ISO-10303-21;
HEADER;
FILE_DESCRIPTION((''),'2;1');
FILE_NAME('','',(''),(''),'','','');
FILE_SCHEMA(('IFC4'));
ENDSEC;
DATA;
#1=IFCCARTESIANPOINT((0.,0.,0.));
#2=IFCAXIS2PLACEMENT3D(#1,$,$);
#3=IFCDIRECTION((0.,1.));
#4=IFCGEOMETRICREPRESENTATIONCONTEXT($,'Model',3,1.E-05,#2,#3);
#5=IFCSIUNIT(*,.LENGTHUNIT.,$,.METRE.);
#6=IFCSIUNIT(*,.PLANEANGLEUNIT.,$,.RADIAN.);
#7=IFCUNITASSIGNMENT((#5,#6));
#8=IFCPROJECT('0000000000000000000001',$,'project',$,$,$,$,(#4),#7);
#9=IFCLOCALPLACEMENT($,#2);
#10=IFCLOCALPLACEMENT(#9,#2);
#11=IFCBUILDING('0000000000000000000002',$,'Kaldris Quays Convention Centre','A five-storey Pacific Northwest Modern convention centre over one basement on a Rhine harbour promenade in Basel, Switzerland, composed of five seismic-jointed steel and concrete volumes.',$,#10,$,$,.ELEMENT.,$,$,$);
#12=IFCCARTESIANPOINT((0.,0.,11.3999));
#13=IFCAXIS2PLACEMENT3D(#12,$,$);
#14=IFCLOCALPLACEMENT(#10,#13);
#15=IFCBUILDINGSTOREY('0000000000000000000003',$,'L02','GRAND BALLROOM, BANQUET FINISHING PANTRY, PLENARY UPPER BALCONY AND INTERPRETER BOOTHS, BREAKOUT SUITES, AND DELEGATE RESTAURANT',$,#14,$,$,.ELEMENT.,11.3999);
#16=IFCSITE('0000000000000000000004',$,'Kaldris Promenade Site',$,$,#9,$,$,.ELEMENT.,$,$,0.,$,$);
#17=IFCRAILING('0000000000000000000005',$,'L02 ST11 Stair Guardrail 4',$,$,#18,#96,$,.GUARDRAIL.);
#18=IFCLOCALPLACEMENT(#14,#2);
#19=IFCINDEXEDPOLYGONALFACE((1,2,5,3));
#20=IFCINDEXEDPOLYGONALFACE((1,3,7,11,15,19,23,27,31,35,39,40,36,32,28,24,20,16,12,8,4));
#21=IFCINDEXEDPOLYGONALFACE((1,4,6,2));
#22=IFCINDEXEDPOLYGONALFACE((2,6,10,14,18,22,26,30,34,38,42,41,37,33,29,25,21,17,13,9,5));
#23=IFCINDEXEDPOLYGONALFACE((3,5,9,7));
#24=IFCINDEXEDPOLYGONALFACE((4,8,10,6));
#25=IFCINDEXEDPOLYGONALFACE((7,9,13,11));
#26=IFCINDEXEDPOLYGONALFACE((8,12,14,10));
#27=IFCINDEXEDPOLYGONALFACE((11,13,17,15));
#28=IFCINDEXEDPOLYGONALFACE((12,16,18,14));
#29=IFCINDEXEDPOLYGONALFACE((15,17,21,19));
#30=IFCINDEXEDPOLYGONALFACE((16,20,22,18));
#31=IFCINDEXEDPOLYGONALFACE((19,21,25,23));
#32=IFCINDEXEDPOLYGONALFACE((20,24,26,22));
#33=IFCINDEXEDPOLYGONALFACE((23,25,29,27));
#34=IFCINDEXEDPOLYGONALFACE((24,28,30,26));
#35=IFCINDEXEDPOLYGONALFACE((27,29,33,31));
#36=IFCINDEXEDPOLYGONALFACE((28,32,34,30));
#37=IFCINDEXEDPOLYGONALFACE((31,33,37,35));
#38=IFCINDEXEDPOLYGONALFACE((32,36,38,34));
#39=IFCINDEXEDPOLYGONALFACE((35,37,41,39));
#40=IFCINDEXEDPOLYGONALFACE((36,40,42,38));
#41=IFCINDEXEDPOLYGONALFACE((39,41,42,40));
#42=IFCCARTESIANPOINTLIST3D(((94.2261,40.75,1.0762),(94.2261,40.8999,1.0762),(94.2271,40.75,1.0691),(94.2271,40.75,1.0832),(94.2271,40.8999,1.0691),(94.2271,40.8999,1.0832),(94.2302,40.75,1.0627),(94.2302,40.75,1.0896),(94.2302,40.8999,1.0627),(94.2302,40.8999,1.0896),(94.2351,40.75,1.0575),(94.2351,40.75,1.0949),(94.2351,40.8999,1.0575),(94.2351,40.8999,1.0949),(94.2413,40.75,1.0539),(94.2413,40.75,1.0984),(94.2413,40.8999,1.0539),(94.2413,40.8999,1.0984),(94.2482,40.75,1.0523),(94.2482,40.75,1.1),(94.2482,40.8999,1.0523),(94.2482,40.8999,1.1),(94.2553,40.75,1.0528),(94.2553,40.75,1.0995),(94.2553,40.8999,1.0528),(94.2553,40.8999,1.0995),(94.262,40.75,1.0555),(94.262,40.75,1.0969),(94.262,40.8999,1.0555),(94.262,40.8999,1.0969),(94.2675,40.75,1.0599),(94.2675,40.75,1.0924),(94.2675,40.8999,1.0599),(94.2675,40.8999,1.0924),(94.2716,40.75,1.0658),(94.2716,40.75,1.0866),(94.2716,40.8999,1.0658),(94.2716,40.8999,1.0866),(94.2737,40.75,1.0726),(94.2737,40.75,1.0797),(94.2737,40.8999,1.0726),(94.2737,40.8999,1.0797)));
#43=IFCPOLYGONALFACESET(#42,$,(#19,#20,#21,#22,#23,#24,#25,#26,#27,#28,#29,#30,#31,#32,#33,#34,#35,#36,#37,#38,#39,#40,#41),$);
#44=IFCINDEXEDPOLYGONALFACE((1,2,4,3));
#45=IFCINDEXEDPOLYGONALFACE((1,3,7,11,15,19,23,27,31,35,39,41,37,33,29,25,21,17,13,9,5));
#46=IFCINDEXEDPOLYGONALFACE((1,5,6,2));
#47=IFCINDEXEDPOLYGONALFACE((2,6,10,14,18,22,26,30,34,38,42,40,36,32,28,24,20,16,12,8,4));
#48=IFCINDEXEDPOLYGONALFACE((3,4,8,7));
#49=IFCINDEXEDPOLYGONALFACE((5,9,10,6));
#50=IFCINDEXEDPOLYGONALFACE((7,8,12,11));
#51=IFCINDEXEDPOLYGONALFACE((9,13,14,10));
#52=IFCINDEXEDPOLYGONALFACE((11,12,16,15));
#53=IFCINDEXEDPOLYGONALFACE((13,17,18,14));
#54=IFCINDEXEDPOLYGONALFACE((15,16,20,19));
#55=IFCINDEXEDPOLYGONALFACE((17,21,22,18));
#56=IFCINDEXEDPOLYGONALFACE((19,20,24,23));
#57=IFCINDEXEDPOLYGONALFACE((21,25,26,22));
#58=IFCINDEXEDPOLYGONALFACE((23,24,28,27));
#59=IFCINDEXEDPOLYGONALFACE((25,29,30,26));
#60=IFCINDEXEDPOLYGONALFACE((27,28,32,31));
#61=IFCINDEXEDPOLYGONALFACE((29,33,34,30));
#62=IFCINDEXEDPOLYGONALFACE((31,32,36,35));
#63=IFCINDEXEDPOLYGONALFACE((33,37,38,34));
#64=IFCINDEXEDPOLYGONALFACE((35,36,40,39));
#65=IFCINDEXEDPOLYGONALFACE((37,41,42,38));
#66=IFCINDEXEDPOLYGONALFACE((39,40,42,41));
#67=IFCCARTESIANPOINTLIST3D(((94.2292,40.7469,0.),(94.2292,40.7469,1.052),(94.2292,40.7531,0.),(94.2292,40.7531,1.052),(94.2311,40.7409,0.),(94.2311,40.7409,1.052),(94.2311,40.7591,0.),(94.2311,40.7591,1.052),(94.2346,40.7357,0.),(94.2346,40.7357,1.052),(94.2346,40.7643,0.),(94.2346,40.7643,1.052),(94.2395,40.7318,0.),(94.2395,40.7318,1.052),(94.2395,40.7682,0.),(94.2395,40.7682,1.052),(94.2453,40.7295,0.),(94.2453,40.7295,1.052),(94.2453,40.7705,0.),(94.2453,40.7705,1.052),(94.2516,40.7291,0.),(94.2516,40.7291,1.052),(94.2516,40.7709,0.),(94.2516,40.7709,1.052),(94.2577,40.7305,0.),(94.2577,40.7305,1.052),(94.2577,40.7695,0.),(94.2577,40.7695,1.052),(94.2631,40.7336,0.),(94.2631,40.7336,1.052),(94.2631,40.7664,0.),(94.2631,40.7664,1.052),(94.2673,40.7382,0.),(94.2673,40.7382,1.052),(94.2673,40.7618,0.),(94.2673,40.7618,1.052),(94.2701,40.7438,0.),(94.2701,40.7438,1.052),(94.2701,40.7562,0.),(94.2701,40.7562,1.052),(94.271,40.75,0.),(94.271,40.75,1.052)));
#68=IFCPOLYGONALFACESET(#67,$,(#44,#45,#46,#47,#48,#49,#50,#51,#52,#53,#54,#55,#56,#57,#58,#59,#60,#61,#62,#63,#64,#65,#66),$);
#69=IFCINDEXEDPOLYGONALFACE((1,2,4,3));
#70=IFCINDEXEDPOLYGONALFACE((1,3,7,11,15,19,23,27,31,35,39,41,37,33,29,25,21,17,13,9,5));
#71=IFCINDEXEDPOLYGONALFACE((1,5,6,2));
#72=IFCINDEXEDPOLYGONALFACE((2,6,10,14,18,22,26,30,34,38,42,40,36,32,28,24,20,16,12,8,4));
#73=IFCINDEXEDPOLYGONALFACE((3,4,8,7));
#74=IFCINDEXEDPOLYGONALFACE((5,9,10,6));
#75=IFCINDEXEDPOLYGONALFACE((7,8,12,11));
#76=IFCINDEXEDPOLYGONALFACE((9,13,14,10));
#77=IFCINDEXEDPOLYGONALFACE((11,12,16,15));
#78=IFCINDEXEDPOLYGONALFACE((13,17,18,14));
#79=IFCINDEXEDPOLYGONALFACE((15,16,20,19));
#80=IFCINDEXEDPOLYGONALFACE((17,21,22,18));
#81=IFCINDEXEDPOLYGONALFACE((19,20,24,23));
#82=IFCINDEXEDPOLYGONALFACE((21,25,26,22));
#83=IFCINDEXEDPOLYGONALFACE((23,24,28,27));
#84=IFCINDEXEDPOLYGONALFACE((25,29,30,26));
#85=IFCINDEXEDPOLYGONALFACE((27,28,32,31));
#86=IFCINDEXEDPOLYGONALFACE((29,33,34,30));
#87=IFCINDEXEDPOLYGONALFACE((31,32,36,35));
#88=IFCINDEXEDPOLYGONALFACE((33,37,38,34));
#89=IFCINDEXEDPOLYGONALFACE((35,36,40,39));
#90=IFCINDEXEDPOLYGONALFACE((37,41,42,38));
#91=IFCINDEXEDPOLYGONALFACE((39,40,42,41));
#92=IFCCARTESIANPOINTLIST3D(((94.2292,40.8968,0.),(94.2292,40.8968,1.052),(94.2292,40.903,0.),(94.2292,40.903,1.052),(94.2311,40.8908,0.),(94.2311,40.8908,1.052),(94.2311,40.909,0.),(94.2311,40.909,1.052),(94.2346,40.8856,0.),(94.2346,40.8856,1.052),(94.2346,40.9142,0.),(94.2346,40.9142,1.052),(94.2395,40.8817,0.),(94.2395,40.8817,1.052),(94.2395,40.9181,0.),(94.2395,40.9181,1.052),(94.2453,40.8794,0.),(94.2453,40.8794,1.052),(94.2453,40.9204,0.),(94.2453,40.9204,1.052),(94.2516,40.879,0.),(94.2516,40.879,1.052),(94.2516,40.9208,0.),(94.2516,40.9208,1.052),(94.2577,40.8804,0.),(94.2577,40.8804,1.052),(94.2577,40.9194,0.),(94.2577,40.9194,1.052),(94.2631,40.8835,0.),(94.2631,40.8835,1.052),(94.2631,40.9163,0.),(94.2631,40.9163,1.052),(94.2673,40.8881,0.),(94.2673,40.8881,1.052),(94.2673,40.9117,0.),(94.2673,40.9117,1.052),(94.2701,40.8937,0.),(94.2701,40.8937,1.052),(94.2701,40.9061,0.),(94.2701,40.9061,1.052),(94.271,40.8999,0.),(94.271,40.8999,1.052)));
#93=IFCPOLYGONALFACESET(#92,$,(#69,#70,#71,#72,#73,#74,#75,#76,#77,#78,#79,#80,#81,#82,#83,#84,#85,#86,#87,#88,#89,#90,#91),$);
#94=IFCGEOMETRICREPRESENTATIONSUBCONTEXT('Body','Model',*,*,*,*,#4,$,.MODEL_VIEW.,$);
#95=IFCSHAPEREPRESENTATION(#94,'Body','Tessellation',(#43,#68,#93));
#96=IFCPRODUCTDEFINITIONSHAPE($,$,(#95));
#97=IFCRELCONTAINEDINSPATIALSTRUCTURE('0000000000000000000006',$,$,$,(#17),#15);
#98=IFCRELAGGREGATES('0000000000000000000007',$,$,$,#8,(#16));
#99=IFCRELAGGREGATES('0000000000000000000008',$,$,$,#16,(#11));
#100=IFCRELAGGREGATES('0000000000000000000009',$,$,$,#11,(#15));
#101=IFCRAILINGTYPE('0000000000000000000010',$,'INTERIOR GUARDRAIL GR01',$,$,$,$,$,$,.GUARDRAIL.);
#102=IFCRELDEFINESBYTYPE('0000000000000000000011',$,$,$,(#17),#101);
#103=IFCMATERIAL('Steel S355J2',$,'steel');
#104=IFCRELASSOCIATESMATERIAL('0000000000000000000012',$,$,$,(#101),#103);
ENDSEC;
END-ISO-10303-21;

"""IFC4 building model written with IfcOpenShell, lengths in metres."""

from ifc_helpers import new_model, si_unit, direction, frame, origin, origin_2d, place, context, subcontext, project, spatial, circle, extrude, material, type_object, element, save


model = new_model("IFC4")

# Units and contexts
model_context = context("Model", 3, precision=1e-05, world=origin(), true_north=direction((0.0, 1.0)))
body_context = subcontext(model_context, "Body", "Model", "MODEL_VIEW")
ifc_project = project(units=[si_unit("LENGTHUNIT", "METRE"), si_unit("PLANEANGLEUNIT", "RADIAN")], contexts=[model_context])

# Site, building, storey
site_placement = place(None, origin())
site = spatial("IfcSite", under=ifc_project, at=site_placement, Name="Kaldris Promenade Site", CompositionType="ELEMENT", RefElevation=0.0)
building_placement = place(site_placement, origin())
building = spatial("IfcBuilding", under=site, at=building_placement, Name="Kaldris Quays Convention Centre", Description="A five-storey Pacific Northwest Modern convention centre over one basement on a Rhine harbour promenade in Basel, Switzerland, composed of five seismic-jointed steel and concrete volumes.", CompositionType="ELEMENT")
storey_placement = place(building_placement, frame((0.0, 0.0, 11.3999)))
storey = spatial("IfcBuildingStorey", under=building, at=storey_placement, Name="L02", Description="GRAND BALLROOM, BANQUET FINISHING PANTRY, PLENARY UPPER BALCONY AND INTERPRETER BOOTHS, BREAKOUT SUITES, AND DELEGATE RESTAURANT", CompositionType="ELEMENT", Elevation=11.3999)

# Shared definitions
ifc_material_1 = material(Name="Steel S355J2", Category="steel")

# Railing
railing_type_1 = type_object("IfcRailingType", Name="INTERIOR GUARDRAIL GR01", PredefinedType="GUARDRAIL", material=ifc_material_1)
railing_1_placement = place(storey_placement, frame((94.25, 40.75, 0.0)))
element("IfcRailing", 1, at=railing_1_placement, inside=storey, type_object=railing_type_1, Name="L02 ST11 Stair Guardrail 4", PredefinedType="GUARDRAIL", context=body_context, shape_type="SweptSolid", body=[
    extrude(circle(Radius=0.0239, at=origin_2d()), frame((0.0, 0.0, 1.0762), z_axis=(0.0, 1.0, 0.0), x_axis=(-1.0, 0.0, 0.0)), (0.0, 0.0, 1.0), 0.1499),
    extrude(circle(Radius=0.021, at=origin_2d()), origin(), (0.0, 0.0, 1.0), 1.052),
    extrude(circle(Radius=0.021, at=origin_2d()), frame((0.0, 0.1499, 0.0)), (0.0, 0.0, 1.0), 1.052),
])

save(model, "model.ifc")
